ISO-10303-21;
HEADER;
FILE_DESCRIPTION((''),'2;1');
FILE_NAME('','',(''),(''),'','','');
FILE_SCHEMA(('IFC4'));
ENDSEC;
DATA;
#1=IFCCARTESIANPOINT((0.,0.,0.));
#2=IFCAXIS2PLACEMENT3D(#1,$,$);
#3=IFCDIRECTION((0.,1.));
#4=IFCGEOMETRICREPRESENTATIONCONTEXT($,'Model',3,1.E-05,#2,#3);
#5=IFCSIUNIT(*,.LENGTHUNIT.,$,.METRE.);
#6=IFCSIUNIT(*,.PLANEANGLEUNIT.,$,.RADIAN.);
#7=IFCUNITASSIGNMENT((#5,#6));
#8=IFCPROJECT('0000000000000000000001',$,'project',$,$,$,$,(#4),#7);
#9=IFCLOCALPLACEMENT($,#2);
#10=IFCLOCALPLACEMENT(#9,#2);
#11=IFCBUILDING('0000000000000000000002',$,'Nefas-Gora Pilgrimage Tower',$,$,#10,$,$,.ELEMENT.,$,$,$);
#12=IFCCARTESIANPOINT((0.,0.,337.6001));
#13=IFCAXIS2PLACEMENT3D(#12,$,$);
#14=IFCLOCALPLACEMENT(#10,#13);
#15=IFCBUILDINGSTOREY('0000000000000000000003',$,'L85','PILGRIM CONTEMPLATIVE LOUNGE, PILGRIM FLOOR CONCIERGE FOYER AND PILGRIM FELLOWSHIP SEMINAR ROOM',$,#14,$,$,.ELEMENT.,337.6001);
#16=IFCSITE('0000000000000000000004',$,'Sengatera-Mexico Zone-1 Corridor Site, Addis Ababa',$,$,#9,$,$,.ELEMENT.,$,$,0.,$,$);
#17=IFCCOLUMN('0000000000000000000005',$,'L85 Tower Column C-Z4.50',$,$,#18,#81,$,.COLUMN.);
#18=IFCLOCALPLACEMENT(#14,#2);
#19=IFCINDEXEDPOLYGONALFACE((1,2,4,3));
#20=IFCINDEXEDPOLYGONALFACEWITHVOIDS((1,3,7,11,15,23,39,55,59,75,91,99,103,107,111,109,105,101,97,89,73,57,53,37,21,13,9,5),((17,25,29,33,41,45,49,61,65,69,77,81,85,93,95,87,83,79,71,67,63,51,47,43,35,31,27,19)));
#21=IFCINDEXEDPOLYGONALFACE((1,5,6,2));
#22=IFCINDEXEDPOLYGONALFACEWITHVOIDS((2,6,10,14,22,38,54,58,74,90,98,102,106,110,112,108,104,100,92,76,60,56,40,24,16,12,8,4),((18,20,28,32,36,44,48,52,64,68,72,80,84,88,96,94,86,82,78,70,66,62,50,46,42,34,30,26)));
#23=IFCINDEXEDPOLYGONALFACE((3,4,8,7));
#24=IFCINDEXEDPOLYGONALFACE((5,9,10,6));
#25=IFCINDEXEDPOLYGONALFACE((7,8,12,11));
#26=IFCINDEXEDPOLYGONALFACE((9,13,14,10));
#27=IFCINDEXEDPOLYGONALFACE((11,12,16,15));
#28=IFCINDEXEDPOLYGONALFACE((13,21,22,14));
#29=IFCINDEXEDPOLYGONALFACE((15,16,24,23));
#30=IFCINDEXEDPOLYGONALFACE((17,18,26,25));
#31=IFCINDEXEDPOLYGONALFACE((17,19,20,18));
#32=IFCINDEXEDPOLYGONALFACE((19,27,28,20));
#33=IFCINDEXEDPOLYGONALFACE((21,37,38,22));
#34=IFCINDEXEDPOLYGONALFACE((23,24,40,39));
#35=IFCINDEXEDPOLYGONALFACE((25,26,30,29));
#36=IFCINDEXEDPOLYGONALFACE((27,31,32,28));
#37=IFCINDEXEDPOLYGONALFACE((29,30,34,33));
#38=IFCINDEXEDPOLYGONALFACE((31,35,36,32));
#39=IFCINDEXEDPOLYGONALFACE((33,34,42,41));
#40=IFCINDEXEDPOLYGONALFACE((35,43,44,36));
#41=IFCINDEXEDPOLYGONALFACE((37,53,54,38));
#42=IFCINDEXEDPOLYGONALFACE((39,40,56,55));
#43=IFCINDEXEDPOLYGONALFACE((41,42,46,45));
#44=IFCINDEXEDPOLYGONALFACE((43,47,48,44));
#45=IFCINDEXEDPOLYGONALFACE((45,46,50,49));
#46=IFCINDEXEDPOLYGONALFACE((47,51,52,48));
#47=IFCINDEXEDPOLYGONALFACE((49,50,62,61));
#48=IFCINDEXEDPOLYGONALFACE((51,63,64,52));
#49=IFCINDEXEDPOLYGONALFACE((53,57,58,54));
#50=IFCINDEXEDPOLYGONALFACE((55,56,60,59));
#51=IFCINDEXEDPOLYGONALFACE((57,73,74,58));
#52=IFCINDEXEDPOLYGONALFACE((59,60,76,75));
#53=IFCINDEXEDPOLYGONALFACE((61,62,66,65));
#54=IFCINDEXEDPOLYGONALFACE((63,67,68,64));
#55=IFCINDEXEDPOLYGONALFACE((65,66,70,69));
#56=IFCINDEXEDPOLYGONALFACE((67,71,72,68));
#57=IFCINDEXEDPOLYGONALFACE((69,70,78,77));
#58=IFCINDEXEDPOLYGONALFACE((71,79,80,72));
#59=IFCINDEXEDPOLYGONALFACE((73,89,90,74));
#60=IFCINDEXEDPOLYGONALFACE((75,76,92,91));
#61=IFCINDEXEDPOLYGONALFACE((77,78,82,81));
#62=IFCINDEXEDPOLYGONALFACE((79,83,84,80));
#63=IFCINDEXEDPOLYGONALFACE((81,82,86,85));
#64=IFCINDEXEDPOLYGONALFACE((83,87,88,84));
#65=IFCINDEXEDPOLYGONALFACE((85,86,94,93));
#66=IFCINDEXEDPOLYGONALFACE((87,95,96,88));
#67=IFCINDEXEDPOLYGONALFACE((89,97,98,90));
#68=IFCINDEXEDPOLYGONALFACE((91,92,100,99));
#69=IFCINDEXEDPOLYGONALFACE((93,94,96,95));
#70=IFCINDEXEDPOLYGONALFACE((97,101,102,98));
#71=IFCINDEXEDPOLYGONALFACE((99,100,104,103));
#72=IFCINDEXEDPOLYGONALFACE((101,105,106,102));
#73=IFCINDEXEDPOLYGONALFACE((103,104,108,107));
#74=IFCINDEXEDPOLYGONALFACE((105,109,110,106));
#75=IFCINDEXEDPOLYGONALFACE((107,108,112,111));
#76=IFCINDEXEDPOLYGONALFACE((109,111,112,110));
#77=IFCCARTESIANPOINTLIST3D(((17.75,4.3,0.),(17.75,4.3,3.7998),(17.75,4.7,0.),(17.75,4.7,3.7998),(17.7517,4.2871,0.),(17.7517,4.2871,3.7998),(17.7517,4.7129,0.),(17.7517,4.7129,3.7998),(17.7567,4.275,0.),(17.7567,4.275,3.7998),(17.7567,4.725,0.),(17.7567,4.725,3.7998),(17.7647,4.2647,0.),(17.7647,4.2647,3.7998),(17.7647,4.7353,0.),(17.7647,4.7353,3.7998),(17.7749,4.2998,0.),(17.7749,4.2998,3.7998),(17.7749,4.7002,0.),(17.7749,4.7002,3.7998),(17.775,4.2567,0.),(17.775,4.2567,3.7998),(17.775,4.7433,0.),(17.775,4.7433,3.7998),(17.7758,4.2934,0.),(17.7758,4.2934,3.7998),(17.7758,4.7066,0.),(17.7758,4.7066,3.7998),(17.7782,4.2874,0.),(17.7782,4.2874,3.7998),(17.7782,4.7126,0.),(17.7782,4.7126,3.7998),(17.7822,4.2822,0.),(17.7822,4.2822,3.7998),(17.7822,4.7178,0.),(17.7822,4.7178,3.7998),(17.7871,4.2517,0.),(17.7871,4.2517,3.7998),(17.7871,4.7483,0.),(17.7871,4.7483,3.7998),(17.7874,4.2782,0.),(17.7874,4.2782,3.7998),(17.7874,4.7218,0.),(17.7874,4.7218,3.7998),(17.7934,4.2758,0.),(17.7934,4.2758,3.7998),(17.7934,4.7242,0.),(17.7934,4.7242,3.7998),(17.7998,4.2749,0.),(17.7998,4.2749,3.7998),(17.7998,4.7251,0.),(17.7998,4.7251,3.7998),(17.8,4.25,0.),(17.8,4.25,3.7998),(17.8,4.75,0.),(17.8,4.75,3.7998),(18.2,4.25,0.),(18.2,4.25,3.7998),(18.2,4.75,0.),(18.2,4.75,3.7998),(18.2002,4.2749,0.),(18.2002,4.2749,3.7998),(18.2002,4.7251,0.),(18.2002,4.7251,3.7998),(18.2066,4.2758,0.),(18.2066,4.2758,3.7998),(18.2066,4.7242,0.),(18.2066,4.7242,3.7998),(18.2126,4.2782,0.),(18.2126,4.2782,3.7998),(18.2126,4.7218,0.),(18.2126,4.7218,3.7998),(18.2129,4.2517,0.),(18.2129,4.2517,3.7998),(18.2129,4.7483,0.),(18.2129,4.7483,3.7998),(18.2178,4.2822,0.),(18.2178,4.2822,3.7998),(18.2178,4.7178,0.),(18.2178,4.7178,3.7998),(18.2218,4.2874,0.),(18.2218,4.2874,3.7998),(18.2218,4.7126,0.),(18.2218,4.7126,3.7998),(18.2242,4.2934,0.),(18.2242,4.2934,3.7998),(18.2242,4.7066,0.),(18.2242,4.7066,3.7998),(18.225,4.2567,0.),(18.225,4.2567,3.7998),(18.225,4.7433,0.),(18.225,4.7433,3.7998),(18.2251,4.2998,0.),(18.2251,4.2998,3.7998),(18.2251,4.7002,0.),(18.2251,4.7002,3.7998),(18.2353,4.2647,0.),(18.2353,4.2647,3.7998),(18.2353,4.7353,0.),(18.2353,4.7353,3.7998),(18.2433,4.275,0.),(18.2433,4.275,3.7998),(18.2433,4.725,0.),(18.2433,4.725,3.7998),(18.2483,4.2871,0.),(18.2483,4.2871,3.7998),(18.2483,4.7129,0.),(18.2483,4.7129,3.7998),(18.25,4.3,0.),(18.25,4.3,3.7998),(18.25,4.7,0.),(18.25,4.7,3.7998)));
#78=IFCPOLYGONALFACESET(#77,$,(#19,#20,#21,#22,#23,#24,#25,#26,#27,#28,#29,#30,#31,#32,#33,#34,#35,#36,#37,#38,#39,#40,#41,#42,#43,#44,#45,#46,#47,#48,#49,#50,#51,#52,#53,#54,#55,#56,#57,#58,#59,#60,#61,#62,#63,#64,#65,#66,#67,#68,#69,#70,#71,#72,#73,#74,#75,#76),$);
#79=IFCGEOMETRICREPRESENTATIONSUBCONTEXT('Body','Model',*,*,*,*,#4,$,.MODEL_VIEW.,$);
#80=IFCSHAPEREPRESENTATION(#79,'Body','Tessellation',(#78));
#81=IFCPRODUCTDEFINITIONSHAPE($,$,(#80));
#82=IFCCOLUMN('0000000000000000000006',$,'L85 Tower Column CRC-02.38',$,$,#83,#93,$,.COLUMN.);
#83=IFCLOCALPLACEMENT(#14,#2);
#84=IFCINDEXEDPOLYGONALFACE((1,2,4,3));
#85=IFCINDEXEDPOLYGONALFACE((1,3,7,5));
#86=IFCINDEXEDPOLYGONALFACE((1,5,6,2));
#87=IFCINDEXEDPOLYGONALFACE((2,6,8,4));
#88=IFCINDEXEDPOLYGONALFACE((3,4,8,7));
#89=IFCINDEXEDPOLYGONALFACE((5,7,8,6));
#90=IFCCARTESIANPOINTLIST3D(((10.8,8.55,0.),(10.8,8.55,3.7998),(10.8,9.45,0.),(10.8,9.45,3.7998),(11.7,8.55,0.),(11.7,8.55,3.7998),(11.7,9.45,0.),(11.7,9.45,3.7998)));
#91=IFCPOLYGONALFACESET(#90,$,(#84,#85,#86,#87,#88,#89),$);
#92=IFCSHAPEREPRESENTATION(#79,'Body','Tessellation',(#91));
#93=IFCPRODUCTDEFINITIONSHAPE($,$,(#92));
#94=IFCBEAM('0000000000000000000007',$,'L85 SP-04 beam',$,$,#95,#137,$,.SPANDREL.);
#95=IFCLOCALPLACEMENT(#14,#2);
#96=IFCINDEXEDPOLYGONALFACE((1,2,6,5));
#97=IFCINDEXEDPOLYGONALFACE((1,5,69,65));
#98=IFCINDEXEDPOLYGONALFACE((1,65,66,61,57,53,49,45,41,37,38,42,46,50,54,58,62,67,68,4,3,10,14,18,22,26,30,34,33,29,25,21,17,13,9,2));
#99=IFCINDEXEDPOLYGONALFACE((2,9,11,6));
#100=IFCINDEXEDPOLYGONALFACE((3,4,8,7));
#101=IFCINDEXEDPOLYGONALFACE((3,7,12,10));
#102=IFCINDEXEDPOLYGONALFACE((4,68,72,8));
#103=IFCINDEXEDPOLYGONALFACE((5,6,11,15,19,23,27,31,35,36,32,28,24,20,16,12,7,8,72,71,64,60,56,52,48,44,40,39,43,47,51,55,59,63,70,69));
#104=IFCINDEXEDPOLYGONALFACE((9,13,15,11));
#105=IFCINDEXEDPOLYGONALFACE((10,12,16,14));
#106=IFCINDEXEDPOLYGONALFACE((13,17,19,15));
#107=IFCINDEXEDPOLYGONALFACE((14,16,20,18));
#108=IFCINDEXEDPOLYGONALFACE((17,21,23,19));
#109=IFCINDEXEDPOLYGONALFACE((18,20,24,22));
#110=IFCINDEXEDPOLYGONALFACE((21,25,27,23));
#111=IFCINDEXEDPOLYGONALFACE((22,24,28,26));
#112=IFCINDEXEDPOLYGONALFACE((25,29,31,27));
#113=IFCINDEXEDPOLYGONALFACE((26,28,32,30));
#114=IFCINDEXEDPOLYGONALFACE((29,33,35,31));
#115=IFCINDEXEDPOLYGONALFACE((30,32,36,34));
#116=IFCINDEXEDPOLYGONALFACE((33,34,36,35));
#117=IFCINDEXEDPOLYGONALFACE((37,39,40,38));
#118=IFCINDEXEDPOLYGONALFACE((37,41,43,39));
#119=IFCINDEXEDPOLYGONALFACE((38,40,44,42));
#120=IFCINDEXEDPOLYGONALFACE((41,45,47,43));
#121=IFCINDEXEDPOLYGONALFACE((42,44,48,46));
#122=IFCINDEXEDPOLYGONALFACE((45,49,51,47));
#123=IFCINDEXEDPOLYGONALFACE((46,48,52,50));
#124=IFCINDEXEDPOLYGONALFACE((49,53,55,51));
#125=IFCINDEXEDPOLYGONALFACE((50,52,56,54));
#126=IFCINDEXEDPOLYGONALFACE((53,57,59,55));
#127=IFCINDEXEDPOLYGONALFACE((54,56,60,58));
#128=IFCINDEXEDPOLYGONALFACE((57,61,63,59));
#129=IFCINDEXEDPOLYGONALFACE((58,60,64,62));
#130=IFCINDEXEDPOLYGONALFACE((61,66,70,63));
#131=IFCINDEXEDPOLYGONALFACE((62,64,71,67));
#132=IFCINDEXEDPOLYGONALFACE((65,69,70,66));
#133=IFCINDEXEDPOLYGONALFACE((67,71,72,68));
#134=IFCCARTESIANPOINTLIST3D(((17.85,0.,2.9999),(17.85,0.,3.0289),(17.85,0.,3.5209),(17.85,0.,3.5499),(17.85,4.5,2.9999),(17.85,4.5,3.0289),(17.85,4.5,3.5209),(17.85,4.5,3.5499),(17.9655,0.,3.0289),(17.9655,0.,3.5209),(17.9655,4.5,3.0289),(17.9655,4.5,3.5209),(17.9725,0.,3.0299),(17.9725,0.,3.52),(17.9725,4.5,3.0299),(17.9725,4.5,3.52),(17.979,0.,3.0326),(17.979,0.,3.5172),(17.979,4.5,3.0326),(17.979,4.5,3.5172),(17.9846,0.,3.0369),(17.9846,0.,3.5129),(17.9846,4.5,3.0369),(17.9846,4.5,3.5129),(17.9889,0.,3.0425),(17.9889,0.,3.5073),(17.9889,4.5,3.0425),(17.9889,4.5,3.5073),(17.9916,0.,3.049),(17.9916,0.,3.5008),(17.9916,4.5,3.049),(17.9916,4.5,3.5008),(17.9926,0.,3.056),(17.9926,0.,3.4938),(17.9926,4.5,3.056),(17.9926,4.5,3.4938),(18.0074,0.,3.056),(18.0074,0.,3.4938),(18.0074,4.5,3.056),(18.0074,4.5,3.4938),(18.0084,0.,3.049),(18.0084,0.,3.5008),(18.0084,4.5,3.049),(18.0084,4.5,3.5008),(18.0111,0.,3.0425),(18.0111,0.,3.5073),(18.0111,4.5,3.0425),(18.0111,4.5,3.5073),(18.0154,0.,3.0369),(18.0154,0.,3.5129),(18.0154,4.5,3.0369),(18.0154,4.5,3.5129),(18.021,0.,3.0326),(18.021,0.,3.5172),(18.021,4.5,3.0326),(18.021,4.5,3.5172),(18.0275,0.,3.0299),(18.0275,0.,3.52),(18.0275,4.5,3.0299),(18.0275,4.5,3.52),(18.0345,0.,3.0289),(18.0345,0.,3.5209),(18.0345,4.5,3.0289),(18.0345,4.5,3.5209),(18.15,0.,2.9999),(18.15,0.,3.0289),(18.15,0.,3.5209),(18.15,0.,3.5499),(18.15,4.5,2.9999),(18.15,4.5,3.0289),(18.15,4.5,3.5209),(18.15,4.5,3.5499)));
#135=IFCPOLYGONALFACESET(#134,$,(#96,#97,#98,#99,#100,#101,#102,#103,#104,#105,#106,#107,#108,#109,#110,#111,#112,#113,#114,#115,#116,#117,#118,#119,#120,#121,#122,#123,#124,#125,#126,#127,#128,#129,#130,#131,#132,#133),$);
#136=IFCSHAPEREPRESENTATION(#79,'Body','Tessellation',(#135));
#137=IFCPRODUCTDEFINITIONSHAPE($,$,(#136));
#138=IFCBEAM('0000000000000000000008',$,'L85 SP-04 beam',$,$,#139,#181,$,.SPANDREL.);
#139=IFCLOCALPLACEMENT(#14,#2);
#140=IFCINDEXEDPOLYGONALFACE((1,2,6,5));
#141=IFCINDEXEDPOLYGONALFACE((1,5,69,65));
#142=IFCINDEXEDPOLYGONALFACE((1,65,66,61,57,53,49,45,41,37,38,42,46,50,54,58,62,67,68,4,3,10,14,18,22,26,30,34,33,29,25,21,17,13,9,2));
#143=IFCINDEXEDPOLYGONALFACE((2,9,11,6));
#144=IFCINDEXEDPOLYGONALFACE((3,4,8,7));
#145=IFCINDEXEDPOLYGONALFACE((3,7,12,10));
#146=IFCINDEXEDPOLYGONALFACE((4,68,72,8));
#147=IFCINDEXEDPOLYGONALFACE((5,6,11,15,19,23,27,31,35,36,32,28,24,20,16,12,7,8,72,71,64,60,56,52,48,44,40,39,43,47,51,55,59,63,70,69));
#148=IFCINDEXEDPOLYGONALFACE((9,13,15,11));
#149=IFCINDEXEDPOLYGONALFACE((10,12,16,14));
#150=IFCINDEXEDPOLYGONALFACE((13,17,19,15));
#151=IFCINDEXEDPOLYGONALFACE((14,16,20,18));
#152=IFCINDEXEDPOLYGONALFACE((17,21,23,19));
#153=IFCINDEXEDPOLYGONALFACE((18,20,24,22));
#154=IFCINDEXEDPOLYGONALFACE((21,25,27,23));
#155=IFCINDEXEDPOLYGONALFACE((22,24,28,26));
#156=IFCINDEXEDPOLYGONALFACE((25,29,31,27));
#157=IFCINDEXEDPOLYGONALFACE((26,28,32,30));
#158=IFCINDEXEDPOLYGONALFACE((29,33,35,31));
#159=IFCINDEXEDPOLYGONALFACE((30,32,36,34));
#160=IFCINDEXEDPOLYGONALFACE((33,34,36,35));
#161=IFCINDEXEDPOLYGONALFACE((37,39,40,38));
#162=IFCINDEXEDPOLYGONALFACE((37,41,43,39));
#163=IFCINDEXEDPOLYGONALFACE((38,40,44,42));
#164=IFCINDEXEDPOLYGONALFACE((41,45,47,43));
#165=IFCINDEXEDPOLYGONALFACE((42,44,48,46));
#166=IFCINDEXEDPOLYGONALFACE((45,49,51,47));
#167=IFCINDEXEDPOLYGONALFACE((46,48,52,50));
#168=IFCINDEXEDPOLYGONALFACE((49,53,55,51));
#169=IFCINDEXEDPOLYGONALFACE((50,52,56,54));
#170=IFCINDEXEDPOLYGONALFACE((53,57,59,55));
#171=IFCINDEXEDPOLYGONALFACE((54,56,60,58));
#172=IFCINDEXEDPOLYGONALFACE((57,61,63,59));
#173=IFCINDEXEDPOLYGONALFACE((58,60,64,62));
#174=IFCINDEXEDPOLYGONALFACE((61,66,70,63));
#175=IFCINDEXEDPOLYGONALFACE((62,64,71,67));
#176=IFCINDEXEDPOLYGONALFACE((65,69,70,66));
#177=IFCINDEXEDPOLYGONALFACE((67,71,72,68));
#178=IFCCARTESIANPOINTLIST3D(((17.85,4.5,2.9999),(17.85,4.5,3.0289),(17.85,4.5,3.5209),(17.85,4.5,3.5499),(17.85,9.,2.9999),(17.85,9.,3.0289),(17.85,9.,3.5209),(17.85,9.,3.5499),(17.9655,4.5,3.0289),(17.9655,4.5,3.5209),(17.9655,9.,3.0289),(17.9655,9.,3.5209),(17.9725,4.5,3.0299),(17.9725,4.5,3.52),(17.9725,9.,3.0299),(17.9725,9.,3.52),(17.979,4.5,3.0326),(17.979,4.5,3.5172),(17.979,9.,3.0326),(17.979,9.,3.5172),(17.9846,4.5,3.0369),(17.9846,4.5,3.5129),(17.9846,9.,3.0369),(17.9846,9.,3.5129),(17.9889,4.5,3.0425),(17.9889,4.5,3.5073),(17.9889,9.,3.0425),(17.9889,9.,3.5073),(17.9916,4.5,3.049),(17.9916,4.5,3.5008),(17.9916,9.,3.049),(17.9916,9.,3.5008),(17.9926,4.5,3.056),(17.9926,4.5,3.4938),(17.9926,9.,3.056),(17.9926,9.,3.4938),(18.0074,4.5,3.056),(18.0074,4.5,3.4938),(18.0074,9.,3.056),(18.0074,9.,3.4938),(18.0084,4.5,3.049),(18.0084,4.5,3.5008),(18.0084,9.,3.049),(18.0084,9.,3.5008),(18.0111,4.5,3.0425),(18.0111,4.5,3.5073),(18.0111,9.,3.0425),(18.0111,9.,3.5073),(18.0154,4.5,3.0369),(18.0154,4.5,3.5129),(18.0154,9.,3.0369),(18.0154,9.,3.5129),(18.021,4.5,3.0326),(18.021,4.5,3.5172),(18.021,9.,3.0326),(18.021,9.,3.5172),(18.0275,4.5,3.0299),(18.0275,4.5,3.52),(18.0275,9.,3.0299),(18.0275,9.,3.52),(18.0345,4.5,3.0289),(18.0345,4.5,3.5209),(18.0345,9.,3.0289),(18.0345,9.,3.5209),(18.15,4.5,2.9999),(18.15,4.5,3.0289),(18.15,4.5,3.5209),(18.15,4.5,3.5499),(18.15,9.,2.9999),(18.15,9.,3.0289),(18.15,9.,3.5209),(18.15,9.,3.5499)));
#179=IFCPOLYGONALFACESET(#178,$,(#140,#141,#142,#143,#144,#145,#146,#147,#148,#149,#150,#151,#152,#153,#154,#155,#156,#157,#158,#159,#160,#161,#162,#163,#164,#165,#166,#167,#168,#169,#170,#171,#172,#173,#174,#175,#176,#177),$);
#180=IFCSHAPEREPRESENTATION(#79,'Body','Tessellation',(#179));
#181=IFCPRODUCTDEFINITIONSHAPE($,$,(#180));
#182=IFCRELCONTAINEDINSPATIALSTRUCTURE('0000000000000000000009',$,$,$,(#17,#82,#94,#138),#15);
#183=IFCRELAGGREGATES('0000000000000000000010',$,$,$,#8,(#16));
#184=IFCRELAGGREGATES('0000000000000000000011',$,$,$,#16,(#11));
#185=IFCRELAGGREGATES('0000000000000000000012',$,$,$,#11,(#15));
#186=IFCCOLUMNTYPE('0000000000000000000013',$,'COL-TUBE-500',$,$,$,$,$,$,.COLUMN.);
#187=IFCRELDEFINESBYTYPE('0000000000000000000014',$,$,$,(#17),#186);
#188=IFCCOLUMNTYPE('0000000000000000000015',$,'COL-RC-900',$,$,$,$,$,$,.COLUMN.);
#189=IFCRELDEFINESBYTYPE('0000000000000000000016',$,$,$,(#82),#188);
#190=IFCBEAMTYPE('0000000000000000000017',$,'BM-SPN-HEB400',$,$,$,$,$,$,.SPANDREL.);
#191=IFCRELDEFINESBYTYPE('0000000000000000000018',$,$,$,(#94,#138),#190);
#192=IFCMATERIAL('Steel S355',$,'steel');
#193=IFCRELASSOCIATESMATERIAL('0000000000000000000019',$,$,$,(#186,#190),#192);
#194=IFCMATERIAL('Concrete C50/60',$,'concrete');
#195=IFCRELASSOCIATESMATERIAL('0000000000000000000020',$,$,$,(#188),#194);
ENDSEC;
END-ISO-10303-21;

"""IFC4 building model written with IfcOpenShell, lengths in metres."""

from ifc_helpers import new_model, si_unit, direction, frame, origin, origin_2d, place, context, subcontext, project, spatial, rectangle, hollow_rectangle, i_section, extrude, source, transform, mapped, material, material_profile, profile_set, type_object, element, save


model = new_model("IFC4")

# Units and contexts
model_context = context("Model", 3, precision=1e-05, world=origin(), true_north=direction((0.0, 1.0)))
body_context = subcontext(model_context, "Body", "Model", "MODEL_VIEW")
ifc_project = project(units=[si_unit("LENGTHUNIT", "METRE"), si_unit("PLANEANGLEUNIT", "RADIAN")], contexts=[model_context])

# Site, building, storey
site_placement = place(None, origin())
site = spatial("IfcSite", under=ifc_project, at=site_placement, Name="Sengatera-Mexico Zone-1 Corridor Site, Addis Ababa", CompositionType="ELEMENT", RefElevation=0.0)
building_placement = place(site_placement, origin())
building = spatial("IfcBuilding", under=site, at=building_placement, Name="Nefas-Gora Pilgrimage Tower", CompositionType="ELEMENT")
storey_placement = place(building_placement, frame((0.0, 0.0, 337.6001)))
storey = spatial("IfcBuildingStorey", under=building, at=storey_placement, Name="L85", Description="PILGRIM CONTEMPLATIVE LOUNGE, PILGRIM FLOOR CONCIERGE FOYER AND PILGRIM FELLOWSHIP SEMINAR ROOM", CompositionType="ELEMENT", Elevation=337.6001)

# Columns
ifc_material_1 = material(Name="Steel S355", Category="steel")
ifc_material_profile_1 = material_profile(ifc_material_1, hollow_rectangle(XDim=0.5, YDim=0.5, WallThickness=0.0249, InnerFilletRadius=0.0249, OuterFilletRadius=0.05, at=origin_2d()), Name="SHS 500x500x25")
ifc_profile_set_1 = profile_set([ifc_material_profile_1], Name="Steel S355")
column_type_1 = type_object("IfcColumnType", Name="COL-TUBE-500", PredefinedType="COLUMN", material=ifc_profile_set_1)
shared_shape_1 = source(origin(), body_context, "Body", "SweptSolid", [
    extrude(hollow_rectangle(XDim=0.5, YDim=0.5, WallThickness=0.0249, InnerFilletRadius=0.0249, OuterFilletRadius=0.05, at=origin_2d()), origin(), (0.0, 0.0, 1.0), 3.7998),
])
for number, where, z_axis, x_axis, name in (
    (1, (18.0, 4.5, 0.0), (0.0, 0.0, 1.0), (1.0, 0.0, 0.0), "L85 Tower Column C-Z4.50"),
):
    element("IfcColumn", number, at=place(storey_placement, frame(where, z_axis=z_axis, x_axis=x_axis)), inside=storey, type_object=column_type_1, Name=name, PredefinedType="COLUMN", context=body_context, shape_type="MappedRepresentation", body=[
        mapped(shared_shape_1, transform((0.0, 0.0, 0.0), x_axis=(1.0, 0.0, 0.0), y_axis=(0.0, 1.0, 0.0), z_axis=(0.0, 0.0, 1.0), scale=1.0)),
    ])
ifc_material_2 = material(Name="Concrete C50/60", Category="concrete")
ifc_material_profile_2 = material_profile(ifc_material_2, rectangle(XDim=0.8999, YDim=0.8999, at=origin_2d()), Name="RC 900x900")
ifc_profile_set_2 = profile_set([ifc_material_profile_2], Name="Concrete C50/60")
column_type_2 = type_object("IfcColumnType", Name="COL-RC-900", PredefinedType="COLUMN", material=ifc_profile_set_2)
shared_shape_2 = source(origin(), body_context, "Body", "SweptSolid", [
    extrude(rectangle(XDim=0.8999, YDim=0.8999, at=origin_2d()), origin(), (0.0, 0.0, 1.0), 3.7998),
])
column_placement = place(storey_placement, frame((11.25, 9.0, 0.0), z_axis=(0.0, 0.0, 1.0), x_axis=(1.0, 0.0, 0.0)))
element("IfcColumn", 2, at=column_placement, inside=storey, type_object=column_type_2, Name="L85 Tower Column CRC-02.38", PredefinedType="COLUMN", context=body_context, shape_type="MappedRepresentation", body=[
    mapped(shared_shape_2, transform((0.0, 0.0, 0.0), x_axis=(1.0, 0.0, 0.0), y_axis=(0.0, 1.0, 0.0), z_axis=(0.0, 0.0, 1.0), scale=1.0)),
])

# Beams
ifc_material_profile_3 = material_profile(ifc_material_1, i_section(OverallWidth=0.3, OverallDepth=0.55, WebThickness=0.0149, FlangeThickness=0.0291, FilletRadius=0.0271, at=origin_2d()), Name="HEB 550")
ifc_profile_set_3 = profile_set([ifc_material_profile_3], Name="Steel S355")
beam_type_1 = type_object("IfcBeamType", Name="BM-SPN-HEB400", PredefinedType="SPANDREL", material=ifc_profile_set_3)
shared_shape_3 = source(origin(), body_context, "Body", "SweptSolid", [
    extrude(i_section(OverallWidth=0.3, OverallDepth=0.55, WebThickness=0.0149, FlangeThickness=0.0291, FilletRadius=0.0271, at=origin_2d()), origin(), (0.0, 0.0, 1.0), 4.5),
])
for number, where, z_axis, x_axis, name in (
    (3, (18.0, 0.0, 3.2749), (0.0, 1.0, 0.0), (-1.0, 0.0, 0.0), "L85 SP-04 beam"),
    (4, (18.0, 4.5, 3.2749), (0.0, 1.0, 0.0), (-1.0, 0.0, 0.0), "L85 SP-04 beam"),
):
    element("IfcBeam", number, at=place(storey_placement, frame(where, z_axis=z_axis, x_axis=x_axis)), inside=storey, type_object=beam_type_1, Name=name, PredefinedType="SPANDREL", context=body_context, shape_type="MappedRepresentation", body=[
        mapped(shared_shape_3, transform((0.0, 0.0, 0.0), x_axis=(1.0, 0.0, 0.0), y_axis=(0.0, 1.0, 0.0), z_axis=(0.0, 0.0, 1.0), scale=1.0)),
    ])

save(model, "model.ifc")
